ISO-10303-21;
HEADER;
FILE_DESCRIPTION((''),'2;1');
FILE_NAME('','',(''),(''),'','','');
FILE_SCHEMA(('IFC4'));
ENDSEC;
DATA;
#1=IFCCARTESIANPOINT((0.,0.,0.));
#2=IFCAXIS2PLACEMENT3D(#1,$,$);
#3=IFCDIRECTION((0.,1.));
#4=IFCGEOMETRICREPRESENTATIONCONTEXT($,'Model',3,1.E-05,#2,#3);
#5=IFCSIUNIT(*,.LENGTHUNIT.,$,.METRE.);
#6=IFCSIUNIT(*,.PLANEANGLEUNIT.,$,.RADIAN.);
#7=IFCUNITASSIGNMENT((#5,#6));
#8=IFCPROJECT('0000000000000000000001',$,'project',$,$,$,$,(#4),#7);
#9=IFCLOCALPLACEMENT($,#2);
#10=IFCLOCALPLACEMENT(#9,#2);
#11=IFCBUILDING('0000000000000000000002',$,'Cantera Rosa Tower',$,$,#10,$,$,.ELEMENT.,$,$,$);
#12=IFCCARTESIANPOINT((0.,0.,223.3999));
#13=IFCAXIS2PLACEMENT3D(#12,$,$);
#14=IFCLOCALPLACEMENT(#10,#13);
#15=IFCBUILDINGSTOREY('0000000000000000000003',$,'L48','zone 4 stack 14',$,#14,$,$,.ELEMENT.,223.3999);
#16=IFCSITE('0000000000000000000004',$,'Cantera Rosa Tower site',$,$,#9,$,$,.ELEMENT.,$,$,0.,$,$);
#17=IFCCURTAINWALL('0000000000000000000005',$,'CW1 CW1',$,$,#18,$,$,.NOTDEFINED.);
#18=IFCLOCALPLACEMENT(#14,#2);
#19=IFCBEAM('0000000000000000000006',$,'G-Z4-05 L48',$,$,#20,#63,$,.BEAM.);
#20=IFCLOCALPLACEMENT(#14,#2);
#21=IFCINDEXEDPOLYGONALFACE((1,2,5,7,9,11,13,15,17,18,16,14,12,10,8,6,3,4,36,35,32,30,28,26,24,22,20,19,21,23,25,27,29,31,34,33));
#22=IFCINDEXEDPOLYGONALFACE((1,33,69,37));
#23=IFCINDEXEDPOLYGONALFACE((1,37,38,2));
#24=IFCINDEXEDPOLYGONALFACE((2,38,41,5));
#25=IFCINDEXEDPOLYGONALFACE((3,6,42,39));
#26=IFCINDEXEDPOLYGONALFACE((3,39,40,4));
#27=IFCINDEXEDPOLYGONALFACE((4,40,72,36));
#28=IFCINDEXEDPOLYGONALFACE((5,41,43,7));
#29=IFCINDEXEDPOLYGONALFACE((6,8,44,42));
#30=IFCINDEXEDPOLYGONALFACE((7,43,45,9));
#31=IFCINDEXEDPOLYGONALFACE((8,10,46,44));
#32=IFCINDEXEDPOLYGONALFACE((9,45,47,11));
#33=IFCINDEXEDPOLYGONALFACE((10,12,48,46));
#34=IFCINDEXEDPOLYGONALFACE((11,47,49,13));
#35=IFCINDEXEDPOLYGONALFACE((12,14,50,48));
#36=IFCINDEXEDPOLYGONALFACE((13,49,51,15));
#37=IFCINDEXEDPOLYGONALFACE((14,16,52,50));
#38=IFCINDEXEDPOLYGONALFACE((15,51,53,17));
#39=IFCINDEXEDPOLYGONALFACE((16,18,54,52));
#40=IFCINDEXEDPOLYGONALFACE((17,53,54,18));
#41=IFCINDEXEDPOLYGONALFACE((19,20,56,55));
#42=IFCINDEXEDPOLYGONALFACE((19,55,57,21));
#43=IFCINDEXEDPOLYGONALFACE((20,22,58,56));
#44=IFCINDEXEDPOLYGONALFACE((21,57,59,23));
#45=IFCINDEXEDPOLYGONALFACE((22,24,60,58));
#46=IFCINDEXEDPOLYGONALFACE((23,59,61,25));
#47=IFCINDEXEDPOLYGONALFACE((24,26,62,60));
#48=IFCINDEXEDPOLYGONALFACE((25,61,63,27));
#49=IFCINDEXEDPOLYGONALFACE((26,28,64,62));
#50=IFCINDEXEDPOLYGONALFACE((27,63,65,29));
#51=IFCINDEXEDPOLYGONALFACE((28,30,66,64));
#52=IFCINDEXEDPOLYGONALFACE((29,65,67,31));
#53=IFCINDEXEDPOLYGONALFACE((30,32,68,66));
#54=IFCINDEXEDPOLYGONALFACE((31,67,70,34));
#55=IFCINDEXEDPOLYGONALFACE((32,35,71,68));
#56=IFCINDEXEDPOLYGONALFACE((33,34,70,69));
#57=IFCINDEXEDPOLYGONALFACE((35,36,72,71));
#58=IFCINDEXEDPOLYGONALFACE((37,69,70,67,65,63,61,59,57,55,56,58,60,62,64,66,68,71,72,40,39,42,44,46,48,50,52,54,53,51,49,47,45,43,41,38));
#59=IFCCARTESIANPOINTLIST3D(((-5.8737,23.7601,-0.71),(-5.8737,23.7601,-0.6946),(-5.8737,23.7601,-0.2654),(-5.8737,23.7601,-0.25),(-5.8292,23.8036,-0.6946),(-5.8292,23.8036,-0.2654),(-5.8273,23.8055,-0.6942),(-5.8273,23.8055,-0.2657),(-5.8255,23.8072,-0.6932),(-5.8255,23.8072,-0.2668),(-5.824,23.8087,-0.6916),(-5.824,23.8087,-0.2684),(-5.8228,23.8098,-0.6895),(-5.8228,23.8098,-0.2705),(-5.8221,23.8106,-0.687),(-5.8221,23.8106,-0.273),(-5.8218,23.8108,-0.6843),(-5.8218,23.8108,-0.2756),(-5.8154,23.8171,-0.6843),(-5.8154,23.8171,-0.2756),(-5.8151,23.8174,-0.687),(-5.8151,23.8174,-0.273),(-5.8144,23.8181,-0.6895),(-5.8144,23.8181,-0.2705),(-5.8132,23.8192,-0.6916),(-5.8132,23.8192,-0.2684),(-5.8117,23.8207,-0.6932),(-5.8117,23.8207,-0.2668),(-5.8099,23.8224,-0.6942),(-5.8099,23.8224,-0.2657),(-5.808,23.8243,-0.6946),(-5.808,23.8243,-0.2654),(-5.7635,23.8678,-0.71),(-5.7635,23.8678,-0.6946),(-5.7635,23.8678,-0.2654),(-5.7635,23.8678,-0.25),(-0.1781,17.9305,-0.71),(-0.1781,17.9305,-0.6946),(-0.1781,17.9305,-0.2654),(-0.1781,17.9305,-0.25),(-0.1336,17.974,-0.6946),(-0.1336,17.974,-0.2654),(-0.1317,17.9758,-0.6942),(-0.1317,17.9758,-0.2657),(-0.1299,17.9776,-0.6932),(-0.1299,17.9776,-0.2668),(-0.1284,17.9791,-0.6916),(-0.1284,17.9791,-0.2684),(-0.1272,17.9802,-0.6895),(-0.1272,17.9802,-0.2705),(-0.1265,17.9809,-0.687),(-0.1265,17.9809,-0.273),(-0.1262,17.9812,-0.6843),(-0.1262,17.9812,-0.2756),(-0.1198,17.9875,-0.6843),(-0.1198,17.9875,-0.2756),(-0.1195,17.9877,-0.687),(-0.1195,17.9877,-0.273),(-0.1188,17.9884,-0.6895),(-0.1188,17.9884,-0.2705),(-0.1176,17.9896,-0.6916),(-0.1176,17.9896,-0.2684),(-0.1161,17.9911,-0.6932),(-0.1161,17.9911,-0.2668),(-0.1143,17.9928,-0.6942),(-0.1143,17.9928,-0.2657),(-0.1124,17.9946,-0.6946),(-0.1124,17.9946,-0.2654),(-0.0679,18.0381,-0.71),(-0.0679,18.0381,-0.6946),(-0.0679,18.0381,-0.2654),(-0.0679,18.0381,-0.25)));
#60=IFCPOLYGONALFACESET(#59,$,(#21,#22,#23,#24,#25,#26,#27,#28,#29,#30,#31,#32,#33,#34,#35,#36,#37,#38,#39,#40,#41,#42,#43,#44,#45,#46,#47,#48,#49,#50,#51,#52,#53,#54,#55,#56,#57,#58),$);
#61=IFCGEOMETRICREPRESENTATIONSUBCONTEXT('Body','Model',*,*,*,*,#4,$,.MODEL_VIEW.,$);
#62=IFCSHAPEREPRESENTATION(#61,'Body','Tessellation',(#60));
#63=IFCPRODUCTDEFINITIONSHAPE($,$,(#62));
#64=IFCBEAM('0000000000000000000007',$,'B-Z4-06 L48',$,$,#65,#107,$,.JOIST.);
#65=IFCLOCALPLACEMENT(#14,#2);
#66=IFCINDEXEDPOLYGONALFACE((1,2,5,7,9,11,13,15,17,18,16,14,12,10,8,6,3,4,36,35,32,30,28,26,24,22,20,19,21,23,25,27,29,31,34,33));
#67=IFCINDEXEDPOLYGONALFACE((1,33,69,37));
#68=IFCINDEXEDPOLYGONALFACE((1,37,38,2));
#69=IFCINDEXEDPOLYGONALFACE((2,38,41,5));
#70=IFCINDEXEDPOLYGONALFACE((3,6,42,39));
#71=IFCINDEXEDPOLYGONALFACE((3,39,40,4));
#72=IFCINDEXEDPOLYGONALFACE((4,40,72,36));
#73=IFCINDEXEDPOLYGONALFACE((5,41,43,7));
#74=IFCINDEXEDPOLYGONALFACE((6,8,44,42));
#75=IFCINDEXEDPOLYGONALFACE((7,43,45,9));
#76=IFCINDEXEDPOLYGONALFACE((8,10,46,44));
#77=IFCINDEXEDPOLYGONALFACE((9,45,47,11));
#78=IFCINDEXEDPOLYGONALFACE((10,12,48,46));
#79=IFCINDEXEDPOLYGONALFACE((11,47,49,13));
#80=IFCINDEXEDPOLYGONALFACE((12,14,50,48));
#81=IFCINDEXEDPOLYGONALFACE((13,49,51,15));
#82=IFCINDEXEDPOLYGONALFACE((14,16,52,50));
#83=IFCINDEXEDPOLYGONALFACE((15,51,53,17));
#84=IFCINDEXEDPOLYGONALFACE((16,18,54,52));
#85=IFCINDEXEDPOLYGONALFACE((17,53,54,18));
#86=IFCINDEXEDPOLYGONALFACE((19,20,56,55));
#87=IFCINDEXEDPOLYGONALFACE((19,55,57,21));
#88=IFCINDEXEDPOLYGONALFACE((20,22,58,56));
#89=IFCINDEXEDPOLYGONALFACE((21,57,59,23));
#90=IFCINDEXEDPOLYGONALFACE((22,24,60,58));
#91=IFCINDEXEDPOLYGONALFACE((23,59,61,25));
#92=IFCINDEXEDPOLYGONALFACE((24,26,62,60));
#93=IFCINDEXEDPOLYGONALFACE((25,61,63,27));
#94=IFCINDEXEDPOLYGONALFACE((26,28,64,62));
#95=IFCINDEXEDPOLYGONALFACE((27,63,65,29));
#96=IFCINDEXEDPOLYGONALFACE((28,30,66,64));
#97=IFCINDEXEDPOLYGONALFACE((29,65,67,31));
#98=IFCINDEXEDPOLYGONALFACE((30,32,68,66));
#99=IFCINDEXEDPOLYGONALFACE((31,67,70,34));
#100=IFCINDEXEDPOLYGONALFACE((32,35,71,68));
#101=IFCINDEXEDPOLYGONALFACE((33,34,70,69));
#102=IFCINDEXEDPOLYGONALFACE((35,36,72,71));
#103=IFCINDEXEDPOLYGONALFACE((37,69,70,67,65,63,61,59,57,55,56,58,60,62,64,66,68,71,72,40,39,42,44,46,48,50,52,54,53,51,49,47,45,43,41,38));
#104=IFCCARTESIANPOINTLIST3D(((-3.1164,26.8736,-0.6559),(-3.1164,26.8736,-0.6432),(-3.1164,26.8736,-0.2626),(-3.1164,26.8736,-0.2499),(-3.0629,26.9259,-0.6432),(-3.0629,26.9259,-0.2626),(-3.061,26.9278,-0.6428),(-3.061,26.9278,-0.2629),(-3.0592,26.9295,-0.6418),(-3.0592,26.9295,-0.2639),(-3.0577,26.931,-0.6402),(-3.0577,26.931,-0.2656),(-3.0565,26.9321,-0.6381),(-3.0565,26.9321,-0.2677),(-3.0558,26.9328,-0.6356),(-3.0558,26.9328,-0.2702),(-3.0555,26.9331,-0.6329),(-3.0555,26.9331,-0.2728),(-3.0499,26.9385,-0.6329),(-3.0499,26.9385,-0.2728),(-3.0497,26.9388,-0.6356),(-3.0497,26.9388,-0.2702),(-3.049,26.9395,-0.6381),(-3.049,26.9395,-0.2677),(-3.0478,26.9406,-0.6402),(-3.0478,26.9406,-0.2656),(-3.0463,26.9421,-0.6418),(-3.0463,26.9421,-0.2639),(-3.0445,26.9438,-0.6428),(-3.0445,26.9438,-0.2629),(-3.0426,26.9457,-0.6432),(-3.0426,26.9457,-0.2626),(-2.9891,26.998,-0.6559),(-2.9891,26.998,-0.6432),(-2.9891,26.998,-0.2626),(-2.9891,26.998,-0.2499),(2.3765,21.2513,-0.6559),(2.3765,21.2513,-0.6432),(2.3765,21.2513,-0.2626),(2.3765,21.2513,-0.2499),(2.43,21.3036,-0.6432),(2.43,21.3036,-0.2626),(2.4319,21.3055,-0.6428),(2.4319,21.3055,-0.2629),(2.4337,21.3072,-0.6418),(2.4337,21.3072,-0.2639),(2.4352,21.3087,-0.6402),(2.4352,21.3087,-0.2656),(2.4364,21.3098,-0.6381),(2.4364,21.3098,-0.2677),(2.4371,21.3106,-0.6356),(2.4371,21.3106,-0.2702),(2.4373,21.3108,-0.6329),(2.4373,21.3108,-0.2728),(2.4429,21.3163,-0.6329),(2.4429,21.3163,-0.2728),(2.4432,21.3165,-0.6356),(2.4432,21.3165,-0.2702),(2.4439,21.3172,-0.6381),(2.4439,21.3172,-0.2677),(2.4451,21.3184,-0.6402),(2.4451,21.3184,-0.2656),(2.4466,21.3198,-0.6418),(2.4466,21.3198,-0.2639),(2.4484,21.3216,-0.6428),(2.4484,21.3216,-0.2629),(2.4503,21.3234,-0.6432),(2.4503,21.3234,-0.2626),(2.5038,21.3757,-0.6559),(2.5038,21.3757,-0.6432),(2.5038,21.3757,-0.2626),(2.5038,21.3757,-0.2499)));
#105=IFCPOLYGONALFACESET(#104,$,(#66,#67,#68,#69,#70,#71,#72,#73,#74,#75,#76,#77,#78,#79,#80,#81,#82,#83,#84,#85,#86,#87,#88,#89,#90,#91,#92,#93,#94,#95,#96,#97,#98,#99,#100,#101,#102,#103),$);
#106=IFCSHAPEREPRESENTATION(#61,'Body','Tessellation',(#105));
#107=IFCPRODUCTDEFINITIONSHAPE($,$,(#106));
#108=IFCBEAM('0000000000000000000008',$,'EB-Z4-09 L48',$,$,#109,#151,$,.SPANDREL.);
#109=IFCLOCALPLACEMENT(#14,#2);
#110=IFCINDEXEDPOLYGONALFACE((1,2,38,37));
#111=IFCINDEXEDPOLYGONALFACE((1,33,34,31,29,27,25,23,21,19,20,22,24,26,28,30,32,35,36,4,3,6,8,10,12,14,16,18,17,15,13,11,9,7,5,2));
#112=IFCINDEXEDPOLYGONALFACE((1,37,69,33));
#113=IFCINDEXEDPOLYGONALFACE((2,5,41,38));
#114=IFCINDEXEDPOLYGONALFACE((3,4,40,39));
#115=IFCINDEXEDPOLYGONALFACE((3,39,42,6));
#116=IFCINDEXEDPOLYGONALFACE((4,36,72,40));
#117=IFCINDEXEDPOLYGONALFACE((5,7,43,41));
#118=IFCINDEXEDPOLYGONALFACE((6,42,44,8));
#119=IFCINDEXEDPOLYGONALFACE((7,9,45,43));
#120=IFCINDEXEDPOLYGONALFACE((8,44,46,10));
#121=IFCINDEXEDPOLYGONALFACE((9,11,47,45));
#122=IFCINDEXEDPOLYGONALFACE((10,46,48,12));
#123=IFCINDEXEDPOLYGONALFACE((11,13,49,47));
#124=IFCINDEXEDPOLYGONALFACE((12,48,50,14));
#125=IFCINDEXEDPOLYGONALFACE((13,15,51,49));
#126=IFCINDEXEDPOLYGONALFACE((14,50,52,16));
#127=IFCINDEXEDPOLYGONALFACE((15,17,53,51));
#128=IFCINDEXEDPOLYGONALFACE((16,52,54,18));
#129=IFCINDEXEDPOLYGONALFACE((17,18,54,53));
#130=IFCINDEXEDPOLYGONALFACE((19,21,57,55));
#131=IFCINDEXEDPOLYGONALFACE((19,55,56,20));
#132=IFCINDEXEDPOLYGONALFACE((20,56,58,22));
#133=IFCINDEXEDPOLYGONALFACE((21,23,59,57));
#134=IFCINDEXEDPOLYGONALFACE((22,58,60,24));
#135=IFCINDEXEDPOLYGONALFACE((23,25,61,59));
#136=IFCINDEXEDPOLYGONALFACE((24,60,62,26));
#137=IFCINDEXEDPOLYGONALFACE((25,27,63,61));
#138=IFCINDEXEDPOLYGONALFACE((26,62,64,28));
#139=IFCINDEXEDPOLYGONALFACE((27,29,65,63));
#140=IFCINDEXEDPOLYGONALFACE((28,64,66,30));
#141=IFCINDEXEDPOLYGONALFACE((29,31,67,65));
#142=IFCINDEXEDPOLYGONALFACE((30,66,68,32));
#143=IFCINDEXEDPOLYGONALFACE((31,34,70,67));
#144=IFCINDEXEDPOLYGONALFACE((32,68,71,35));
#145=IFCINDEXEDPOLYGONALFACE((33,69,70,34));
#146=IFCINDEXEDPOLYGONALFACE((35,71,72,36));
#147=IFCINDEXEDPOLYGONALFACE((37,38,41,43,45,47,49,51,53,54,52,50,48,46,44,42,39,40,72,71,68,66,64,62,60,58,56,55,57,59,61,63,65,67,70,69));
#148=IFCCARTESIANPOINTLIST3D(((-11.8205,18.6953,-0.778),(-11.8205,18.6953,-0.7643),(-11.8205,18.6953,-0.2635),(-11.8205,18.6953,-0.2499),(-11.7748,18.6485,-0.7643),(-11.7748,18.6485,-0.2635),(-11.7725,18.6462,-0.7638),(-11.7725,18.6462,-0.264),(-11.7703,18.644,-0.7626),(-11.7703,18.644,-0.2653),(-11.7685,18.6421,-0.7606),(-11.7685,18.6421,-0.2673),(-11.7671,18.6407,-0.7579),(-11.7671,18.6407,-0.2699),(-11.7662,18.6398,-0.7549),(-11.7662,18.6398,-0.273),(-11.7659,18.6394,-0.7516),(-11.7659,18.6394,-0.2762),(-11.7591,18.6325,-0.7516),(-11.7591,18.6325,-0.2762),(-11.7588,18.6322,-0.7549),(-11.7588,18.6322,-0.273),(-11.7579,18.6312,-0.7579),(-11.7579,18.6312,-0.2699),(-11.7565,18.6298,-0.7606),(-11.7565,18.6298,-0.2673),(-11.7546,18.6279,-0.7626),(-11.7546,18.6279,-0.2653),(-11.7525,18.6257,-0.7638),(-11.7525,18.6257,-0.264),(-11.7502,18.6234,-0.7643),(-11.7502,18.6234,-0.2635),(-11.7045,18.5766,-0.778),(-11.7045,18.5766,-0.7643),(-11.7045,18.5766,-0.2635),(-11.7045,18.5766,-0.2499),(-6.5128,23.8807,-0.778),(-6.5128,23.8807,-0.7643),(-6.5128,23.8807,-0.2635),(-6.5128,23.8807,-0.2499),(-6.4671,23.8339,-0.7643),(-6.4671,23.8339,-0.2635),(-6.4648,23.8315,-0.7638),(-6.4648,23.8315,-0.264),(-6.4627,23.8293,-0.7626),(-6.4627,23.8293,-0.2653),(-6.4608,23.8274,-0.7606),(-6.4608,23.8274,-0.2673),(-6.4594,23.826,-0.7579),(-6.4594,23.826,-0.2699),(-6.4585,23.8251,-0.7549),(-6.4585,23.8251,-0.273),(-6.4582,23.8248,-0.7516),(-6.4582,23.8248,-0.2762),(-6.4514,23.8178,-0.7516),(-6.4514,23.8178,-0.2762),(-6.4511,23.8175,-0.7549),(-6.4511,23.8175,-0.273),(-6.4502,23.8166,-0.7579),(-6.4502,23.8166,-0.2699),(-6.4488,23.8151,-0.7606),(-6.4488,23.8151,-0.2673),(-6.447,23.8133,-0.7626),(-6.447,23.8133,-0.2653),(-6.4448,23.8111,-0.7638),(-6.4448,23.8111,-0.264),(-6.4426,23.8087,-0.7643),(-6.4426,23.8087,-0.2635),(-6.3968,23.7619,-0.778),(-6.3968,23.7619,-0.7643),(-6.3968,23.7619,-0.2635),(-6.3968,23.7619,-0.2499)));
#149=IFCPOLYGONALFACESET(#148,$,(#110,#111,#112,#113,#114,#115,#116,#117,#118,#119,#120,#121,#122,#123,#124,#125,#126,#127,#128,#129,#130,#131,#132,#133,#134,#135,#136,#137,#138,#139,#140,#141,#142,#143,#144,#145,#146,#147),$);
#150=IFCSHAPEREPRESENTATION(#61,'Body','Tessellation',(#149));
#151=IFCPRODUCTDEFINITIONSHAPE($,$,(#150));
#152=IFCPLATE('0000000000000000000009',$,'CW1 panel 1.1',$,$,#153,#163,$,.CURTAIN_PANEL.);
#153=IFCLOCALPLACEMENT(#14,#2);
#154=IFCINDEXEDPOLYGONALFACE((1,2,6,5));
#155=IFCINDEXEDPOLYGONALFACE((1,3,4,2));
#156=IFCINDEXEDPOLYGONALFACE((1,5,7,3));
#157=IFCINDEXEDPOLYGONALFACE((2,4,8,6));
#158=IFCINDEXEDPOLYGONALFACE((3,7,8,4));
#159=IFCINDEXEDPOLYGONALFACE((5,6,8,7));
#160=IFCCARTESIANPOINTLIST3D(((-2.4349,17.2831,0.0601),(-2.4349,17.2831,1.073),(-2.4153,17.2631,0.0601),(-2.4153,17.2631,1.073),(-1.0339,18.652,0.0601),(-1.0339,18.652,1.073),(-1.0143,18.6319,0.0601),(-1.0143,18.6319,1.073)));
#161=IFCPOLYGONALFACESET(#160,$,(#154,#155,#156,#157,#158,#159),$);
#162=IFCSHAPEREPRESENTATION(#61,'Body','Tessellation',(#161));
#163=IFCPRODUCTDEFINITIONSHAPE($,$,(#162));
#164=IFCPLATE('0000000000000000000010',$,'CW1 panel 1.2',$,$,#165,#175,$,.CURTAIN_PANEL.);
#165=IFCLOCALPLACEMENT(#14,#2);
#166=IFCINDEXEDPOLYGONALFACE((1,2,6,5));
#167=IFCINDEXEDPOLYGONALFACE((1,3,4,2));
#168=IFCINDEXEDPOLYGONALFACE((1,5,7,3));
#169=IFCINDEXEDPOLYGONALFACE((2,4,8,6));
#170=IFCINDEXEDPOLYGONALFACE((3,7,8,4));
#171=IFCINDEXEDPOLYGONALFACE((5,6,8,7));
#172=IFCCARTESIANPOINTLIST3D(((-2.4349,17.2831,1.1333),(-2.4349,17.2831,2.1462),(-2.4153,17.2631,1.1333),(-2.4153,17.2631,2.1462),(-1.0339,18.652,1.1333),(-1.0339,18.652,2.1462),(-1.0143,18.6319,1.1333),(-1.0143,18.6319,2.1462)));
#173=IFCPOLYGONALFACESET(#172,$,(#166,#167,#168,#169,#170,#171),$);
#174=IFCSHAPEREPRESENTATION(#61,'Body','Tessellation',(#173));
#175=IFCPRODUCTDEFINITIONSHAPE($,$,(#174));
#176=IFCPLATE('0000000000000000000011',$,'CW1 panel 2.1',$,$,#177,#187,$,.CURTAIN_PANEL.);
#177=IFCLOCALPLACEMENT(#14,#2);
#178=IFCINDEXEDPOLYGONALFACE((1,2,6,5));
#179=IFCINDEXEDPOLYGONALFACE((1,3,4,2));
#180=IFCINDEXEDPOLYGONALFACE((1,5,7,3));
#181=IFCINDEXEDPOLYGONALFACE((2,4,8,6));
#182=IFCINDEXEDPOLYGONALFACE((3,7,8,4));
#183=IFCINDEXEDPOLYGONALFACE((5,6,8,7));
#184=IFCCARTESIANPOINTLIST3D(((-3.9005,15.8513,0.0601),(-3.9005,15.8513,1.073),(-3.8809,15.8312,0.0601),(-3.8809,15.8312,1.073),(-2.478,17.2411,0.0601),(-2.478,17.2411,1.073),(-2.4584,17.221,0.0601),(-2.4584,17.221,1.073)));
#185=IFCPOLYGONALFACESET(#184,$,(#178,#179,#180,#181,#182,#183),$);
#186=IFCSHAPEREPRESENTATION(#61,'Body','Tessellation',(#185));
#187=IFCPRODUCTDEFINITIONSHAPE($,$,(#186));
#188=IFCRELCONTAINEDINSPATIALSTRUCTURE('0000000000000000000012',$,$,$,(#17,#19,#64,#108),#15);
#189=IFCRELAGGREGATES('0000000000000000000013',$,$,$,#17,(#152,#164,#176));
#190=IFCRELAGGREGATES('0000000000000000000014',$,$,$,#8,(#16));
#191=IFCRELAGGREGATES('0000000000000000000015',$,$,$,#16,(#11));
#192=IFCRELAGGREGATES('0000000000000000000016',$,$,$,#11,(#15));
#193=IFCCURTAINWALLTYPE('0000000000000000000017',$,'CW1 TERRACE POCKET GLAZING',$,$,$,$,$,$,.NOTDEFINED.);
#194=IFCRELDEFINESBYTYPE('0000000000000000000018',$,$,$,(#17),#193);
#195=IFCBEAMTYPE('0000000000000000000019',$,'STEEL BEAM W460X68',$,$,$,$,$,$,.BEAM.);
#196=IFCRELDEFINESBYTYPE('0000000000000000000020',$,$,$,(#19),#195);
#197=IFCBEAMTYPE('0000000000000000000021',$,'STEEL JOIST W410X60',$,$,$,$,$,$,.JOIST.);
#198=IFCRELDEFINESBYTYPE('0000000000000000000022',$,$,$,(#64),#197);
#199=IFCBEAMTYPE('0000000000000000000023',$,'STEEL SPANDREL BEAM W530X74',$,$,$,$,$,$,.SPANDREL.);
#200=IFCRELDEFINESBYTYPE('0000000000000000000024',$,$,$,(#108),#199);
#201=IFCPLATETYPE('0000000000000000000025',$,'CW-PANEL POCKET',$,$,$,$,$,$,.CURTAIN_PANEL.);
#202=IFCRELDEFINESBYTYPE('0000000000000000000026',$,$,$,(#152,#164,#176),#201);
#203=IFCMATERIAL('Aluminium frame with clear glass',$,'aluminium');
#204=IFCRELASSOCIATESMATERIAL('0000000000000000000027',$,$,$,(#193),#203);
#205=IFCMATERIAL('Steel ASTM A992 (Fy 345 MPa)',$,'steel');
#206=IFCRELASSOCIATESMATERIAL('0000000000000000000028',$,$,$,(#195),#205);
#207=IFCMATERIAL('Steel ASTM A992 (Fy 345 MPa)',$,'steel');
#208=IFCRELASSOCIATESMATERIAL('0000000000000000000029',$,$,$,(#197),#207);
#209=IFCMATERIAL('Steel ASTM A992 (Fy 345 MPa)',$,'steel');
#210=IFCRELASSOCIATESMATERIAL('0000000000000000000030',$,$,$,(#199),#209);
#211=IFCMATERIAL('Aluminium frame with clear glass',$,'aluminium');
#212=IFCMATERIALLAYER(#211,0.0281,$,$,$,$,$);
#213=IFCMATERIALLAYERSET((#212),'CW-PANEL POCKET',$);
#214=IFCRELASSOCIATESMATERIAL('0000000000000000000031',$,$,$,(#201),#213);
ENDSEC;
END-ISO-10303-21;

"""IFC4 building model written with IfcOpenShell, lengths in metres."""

from ifc_helpers import new_model, si_unit, direction, frame, origin, origin_2d, place, context, subcontext, project, spatial, rectangle, i_section, extrude, material, layer, layer_set, material_profile, profile_set, type_object, element, aggregate, save


model = new_model("IFC4")

# Units and contexts
model_context = context("Model", 3, precision=1e-05, world=origin(), true_north=direction((0.0, 1.0)))
body_context = subcontext(model_context, "Body", "Model", "MODEL_VIEW")
ifc_project = project(units=[si_unit("LENGTHUNIT", "METRE"), si_unit("PLANEANGLEUNIT", "RADIAN")], contexts=[model_context])

# Site, building, storey
site_placement = place(None, origin())
site = spatial("IfcSite", under=ifc_project, at=site_placement, Name="Cantera Rosa Tower site", CompositionType="ELEMENT", RefElevation=0.0)
building_placement = place(site_placement, origin())
building = spatial("IfcBuilding", under=site, at=building_placement, Name="Cantera Rosa Tower", CompositionType="ELEMENT")
storey_placement = place(building_placement, frame((0.0, 0.0, 223.3999)))
storey = spatial("IfcBuildingStorey", under=building, at=storey_placement, Name="L48", Description="zone 4 stack 14", CompositionType="ELEMENT", Elevation=223.3999)

# Curtain wall
ifc_material_1 = material(Name="Aluminium frame with clear glass", Category="aluminium")
curtain_wall_type = type_object("IfcCurtainWallType", Name="CW1 TERRACE POCKET GLAZING", PredefinedType="NOTDEFINED", material=ifc_material_1)
curtain_wall_placement = place(storey_placement, origin())
curtain_wall = element("IfcCurtainWall", 1, at=curtain_wall_placement, inside=storey, type_object=curtain_wall_type, Name="CW1 CW1", PredefinedType="NOTDEFINED")

# Beams
ifc_material_2 = material(Name="Steel ASTM A992 (Fy 345 MPa)", Category="steel")
ifc_material_profile_1 = material_profile(ifc_material_2, i_section(OverallWidth=0.1541, OverallDepth=0.46, WebThickness=0.009, FlangeThickness=0.0154, FilletRadius=0.0103, at=origin_2d()), Name="W460X68")
ifc_profile_set_1 = profile_set([ifc_material_profile_1], Name="Steel ASTM A992 (Fy 345 MPa)")
beam_type_1 = type_object("IfcBeamType", Name="STEEL BEAM W460X68", PredefinedType="BEAM", material=ifc_profile_set_1)
beam_1_placement = place(storey_placement, frame((-5.8186, 23.814, -0.48), z_axis=(0.698836, -0.715282, 0.0), x_axis=(0.715282, 0.698836, 0.0)))
element("IfcBeam", 2, at=beam_1_placement, inside=storey, type_object=beam_type_1, Name="G-Z4-05 L48", PredefinedType="BEAM", context=body_context, shape_type="SweptSolid", body=[
    extrude(i_section(OverallWidth=0.1541, OverallDepth=0.46, WebThickness=0.009, FlangeThickness=0.0154, FilletRadius=0.0103, at=origin_2d()), origin(), (0.0, 0.0, 1.0), 8.1501),
])
ifc_material_3 = material(Name="Steel ASTM A992 (Fy 345 MPa)", Category="steel")
ifc_material_profile_2 = material_profile(ifc_material_3, i_section(OverallWidth=0.178, OverallDepth=0.406, WebThickness=0.0078, FlangeThickness=0.0127, FilletRadius=0.0103, at=origin_2d()), Name="W410X60")
ifc_profile_set_2 = profile_set([ifc_material_profile_2], Name="Steel ASTM A992 (Fy 345 MPa)")
beam_type_2 = type_object("IfcBeamType", Name="STEEL JOIST W410X60", PredefinedType="JOIST", material=ifc_profile_set_2)
beam_2_placement = place(storey_placement, frame((-3.0527, 26.9358, -0.4529), z_axis=(0.698828, -0.71529, 0.0), x_axis=(0.71529, 0.698828, 0.0)))
element("IfcBeam", 3, at=beam_2_placement, inside=storey, type_object=beam_type_2, Name="B-Z4-06 L48", PredefinedType="JOIST", context=body_context, shape_type="SweptSolid", body=[
    extrude(i_section(OverallWidth=0.178, OverallDepth=0.406, WebThickness=0.0078, FlangeThickness=0.0127, FilletRadius=0.0103, at=origin_2d()), origin(), (0.0, 0.0, 1.0), 7.8601),
])
ifc_material_4 = material(Name="Steel ASTM A992 (Fy 345 MPa)", Category="steel")
ifc_material_profile_3 = material_profile(ifc_material_4, i_section(OverallWidth=0.166, OverallDepth=0.5281, WebThickness=0.0098, FlangeThickness=0.0137, FilletRadius=0.0127, at=origin_2d()), Name="W530X74")
ifc_profile_set_3 = profile_set([ifc_material_profile_3], Name="Steel ASTM A992 (Fy 345 MPa)")
beam_type_3 = type_object("IfcBeamType", Name="STEEL SPANDREL BEAM W530X74", PredefinedType="SPANDREL", material=ifc_profile_set_3)
beam_3_placement = place(storey_placement, frame((-6.4548, 23.8213, -0.5139), z_axis=(-0.715301, -0.698817, 0.0), x_axis=(0.698817, -0.715301, 0.0)))
element("IfcBeam", 4, at=beam_3_placement, inside=storey, type_object=beam_type_3, Name="EB-Z4-09 L48", PredefinedType="SPANDREL", context=body_context, shape_type="SweptSolid", body=[
    extrude(i_section(OverallWidth=0.166, OverallDepth=0.5281, WebThickness=0.0098, FlangeThickness=0.0137, FilletRadius=0.0127, at=origin_2d()), origin(), (0.0, 0.0, 1.0), 7.4202),
])

# Plates
ifc_material_5 = material(Name="Aluminium frame with clear glass", Category="aluminium")
ifc_layer_1 = layer(ifc_material_5, 0.0281)
ifc_layer_set_1 = layer_set([ifc_layer_1], Name="CW-PANEL POCKET")
plate_type_1 = type_object("IfcPlateType", Name="CW-PANEL POCKET", PredefinedType="CURTAIN_PANEL", material=ifc_layer_set_1)
plate_1_placement = place(storey_placement, frame((-1.7246, 17.9575, 0.0601), z_axis=(0.0, 0.0, 1.0), x_axis=(-0.715286, -0.698832, 0.0)))
plate_1 = element("IfcPlate", 5, at=plate_1_placement, type_object=plate_type_1, Name="CW1 panel 1.1", PredefinedType="CURTAIN_PANEL", context=body_context, shape_type="SweptSolid", body=[
    extrude(rectangle(XDim=1.9587, YDim=0.0281, at=origin_2d()), origin(), (0.0, 0.0, 1.0), 1.0129),
])
plate_2_placement = place(storey_placement, frame((-1.7246, 17.9575, 1.1333), z_axis=(0.0, 0.0, 1.0), x_axis=(-0.715286, -0.698832, 0.0)))
plate_2 = element("IfcPlate", 6, at=plate_2_placement, type_object=plate_type_1, Name="CW1 panel 1.2", PredefinedType="CURTAIN_PANEL", context=body_context, shape_type="SweptSolid", body=[
    extrude(rectangle(XDim=1.9587, YDim=0.0281, at=origin_2d()), origin(), (0.0, 0.0, 1.0), 1.0129),
])
plate_3_placement = place(storey_placement, frame((-3.1794, 16.5361, 0.0601), z_axis=(0.0, 0.0, 1.0), x_axis=(-0.715286, -0.698832, 0.0)))
plate_3 = element("IfcPlate", 7, at=plate_3_placement, type_object=plate_type_1, Name="CW1 panel 2.1", PredefinedType="CURTAIN_PANEL", context=body_context, shape_type="SweptSolid", body=[
    extrude(rectangle(XDim=1.9888, YDim=0.0281, at=origin_2d()), origin(), (0.0, 0.0, 1.0), 1.0129),
])
aggregate(curtain_wall, [plate_1, plate_2, plate_3])

save(model, "model.ifc")
